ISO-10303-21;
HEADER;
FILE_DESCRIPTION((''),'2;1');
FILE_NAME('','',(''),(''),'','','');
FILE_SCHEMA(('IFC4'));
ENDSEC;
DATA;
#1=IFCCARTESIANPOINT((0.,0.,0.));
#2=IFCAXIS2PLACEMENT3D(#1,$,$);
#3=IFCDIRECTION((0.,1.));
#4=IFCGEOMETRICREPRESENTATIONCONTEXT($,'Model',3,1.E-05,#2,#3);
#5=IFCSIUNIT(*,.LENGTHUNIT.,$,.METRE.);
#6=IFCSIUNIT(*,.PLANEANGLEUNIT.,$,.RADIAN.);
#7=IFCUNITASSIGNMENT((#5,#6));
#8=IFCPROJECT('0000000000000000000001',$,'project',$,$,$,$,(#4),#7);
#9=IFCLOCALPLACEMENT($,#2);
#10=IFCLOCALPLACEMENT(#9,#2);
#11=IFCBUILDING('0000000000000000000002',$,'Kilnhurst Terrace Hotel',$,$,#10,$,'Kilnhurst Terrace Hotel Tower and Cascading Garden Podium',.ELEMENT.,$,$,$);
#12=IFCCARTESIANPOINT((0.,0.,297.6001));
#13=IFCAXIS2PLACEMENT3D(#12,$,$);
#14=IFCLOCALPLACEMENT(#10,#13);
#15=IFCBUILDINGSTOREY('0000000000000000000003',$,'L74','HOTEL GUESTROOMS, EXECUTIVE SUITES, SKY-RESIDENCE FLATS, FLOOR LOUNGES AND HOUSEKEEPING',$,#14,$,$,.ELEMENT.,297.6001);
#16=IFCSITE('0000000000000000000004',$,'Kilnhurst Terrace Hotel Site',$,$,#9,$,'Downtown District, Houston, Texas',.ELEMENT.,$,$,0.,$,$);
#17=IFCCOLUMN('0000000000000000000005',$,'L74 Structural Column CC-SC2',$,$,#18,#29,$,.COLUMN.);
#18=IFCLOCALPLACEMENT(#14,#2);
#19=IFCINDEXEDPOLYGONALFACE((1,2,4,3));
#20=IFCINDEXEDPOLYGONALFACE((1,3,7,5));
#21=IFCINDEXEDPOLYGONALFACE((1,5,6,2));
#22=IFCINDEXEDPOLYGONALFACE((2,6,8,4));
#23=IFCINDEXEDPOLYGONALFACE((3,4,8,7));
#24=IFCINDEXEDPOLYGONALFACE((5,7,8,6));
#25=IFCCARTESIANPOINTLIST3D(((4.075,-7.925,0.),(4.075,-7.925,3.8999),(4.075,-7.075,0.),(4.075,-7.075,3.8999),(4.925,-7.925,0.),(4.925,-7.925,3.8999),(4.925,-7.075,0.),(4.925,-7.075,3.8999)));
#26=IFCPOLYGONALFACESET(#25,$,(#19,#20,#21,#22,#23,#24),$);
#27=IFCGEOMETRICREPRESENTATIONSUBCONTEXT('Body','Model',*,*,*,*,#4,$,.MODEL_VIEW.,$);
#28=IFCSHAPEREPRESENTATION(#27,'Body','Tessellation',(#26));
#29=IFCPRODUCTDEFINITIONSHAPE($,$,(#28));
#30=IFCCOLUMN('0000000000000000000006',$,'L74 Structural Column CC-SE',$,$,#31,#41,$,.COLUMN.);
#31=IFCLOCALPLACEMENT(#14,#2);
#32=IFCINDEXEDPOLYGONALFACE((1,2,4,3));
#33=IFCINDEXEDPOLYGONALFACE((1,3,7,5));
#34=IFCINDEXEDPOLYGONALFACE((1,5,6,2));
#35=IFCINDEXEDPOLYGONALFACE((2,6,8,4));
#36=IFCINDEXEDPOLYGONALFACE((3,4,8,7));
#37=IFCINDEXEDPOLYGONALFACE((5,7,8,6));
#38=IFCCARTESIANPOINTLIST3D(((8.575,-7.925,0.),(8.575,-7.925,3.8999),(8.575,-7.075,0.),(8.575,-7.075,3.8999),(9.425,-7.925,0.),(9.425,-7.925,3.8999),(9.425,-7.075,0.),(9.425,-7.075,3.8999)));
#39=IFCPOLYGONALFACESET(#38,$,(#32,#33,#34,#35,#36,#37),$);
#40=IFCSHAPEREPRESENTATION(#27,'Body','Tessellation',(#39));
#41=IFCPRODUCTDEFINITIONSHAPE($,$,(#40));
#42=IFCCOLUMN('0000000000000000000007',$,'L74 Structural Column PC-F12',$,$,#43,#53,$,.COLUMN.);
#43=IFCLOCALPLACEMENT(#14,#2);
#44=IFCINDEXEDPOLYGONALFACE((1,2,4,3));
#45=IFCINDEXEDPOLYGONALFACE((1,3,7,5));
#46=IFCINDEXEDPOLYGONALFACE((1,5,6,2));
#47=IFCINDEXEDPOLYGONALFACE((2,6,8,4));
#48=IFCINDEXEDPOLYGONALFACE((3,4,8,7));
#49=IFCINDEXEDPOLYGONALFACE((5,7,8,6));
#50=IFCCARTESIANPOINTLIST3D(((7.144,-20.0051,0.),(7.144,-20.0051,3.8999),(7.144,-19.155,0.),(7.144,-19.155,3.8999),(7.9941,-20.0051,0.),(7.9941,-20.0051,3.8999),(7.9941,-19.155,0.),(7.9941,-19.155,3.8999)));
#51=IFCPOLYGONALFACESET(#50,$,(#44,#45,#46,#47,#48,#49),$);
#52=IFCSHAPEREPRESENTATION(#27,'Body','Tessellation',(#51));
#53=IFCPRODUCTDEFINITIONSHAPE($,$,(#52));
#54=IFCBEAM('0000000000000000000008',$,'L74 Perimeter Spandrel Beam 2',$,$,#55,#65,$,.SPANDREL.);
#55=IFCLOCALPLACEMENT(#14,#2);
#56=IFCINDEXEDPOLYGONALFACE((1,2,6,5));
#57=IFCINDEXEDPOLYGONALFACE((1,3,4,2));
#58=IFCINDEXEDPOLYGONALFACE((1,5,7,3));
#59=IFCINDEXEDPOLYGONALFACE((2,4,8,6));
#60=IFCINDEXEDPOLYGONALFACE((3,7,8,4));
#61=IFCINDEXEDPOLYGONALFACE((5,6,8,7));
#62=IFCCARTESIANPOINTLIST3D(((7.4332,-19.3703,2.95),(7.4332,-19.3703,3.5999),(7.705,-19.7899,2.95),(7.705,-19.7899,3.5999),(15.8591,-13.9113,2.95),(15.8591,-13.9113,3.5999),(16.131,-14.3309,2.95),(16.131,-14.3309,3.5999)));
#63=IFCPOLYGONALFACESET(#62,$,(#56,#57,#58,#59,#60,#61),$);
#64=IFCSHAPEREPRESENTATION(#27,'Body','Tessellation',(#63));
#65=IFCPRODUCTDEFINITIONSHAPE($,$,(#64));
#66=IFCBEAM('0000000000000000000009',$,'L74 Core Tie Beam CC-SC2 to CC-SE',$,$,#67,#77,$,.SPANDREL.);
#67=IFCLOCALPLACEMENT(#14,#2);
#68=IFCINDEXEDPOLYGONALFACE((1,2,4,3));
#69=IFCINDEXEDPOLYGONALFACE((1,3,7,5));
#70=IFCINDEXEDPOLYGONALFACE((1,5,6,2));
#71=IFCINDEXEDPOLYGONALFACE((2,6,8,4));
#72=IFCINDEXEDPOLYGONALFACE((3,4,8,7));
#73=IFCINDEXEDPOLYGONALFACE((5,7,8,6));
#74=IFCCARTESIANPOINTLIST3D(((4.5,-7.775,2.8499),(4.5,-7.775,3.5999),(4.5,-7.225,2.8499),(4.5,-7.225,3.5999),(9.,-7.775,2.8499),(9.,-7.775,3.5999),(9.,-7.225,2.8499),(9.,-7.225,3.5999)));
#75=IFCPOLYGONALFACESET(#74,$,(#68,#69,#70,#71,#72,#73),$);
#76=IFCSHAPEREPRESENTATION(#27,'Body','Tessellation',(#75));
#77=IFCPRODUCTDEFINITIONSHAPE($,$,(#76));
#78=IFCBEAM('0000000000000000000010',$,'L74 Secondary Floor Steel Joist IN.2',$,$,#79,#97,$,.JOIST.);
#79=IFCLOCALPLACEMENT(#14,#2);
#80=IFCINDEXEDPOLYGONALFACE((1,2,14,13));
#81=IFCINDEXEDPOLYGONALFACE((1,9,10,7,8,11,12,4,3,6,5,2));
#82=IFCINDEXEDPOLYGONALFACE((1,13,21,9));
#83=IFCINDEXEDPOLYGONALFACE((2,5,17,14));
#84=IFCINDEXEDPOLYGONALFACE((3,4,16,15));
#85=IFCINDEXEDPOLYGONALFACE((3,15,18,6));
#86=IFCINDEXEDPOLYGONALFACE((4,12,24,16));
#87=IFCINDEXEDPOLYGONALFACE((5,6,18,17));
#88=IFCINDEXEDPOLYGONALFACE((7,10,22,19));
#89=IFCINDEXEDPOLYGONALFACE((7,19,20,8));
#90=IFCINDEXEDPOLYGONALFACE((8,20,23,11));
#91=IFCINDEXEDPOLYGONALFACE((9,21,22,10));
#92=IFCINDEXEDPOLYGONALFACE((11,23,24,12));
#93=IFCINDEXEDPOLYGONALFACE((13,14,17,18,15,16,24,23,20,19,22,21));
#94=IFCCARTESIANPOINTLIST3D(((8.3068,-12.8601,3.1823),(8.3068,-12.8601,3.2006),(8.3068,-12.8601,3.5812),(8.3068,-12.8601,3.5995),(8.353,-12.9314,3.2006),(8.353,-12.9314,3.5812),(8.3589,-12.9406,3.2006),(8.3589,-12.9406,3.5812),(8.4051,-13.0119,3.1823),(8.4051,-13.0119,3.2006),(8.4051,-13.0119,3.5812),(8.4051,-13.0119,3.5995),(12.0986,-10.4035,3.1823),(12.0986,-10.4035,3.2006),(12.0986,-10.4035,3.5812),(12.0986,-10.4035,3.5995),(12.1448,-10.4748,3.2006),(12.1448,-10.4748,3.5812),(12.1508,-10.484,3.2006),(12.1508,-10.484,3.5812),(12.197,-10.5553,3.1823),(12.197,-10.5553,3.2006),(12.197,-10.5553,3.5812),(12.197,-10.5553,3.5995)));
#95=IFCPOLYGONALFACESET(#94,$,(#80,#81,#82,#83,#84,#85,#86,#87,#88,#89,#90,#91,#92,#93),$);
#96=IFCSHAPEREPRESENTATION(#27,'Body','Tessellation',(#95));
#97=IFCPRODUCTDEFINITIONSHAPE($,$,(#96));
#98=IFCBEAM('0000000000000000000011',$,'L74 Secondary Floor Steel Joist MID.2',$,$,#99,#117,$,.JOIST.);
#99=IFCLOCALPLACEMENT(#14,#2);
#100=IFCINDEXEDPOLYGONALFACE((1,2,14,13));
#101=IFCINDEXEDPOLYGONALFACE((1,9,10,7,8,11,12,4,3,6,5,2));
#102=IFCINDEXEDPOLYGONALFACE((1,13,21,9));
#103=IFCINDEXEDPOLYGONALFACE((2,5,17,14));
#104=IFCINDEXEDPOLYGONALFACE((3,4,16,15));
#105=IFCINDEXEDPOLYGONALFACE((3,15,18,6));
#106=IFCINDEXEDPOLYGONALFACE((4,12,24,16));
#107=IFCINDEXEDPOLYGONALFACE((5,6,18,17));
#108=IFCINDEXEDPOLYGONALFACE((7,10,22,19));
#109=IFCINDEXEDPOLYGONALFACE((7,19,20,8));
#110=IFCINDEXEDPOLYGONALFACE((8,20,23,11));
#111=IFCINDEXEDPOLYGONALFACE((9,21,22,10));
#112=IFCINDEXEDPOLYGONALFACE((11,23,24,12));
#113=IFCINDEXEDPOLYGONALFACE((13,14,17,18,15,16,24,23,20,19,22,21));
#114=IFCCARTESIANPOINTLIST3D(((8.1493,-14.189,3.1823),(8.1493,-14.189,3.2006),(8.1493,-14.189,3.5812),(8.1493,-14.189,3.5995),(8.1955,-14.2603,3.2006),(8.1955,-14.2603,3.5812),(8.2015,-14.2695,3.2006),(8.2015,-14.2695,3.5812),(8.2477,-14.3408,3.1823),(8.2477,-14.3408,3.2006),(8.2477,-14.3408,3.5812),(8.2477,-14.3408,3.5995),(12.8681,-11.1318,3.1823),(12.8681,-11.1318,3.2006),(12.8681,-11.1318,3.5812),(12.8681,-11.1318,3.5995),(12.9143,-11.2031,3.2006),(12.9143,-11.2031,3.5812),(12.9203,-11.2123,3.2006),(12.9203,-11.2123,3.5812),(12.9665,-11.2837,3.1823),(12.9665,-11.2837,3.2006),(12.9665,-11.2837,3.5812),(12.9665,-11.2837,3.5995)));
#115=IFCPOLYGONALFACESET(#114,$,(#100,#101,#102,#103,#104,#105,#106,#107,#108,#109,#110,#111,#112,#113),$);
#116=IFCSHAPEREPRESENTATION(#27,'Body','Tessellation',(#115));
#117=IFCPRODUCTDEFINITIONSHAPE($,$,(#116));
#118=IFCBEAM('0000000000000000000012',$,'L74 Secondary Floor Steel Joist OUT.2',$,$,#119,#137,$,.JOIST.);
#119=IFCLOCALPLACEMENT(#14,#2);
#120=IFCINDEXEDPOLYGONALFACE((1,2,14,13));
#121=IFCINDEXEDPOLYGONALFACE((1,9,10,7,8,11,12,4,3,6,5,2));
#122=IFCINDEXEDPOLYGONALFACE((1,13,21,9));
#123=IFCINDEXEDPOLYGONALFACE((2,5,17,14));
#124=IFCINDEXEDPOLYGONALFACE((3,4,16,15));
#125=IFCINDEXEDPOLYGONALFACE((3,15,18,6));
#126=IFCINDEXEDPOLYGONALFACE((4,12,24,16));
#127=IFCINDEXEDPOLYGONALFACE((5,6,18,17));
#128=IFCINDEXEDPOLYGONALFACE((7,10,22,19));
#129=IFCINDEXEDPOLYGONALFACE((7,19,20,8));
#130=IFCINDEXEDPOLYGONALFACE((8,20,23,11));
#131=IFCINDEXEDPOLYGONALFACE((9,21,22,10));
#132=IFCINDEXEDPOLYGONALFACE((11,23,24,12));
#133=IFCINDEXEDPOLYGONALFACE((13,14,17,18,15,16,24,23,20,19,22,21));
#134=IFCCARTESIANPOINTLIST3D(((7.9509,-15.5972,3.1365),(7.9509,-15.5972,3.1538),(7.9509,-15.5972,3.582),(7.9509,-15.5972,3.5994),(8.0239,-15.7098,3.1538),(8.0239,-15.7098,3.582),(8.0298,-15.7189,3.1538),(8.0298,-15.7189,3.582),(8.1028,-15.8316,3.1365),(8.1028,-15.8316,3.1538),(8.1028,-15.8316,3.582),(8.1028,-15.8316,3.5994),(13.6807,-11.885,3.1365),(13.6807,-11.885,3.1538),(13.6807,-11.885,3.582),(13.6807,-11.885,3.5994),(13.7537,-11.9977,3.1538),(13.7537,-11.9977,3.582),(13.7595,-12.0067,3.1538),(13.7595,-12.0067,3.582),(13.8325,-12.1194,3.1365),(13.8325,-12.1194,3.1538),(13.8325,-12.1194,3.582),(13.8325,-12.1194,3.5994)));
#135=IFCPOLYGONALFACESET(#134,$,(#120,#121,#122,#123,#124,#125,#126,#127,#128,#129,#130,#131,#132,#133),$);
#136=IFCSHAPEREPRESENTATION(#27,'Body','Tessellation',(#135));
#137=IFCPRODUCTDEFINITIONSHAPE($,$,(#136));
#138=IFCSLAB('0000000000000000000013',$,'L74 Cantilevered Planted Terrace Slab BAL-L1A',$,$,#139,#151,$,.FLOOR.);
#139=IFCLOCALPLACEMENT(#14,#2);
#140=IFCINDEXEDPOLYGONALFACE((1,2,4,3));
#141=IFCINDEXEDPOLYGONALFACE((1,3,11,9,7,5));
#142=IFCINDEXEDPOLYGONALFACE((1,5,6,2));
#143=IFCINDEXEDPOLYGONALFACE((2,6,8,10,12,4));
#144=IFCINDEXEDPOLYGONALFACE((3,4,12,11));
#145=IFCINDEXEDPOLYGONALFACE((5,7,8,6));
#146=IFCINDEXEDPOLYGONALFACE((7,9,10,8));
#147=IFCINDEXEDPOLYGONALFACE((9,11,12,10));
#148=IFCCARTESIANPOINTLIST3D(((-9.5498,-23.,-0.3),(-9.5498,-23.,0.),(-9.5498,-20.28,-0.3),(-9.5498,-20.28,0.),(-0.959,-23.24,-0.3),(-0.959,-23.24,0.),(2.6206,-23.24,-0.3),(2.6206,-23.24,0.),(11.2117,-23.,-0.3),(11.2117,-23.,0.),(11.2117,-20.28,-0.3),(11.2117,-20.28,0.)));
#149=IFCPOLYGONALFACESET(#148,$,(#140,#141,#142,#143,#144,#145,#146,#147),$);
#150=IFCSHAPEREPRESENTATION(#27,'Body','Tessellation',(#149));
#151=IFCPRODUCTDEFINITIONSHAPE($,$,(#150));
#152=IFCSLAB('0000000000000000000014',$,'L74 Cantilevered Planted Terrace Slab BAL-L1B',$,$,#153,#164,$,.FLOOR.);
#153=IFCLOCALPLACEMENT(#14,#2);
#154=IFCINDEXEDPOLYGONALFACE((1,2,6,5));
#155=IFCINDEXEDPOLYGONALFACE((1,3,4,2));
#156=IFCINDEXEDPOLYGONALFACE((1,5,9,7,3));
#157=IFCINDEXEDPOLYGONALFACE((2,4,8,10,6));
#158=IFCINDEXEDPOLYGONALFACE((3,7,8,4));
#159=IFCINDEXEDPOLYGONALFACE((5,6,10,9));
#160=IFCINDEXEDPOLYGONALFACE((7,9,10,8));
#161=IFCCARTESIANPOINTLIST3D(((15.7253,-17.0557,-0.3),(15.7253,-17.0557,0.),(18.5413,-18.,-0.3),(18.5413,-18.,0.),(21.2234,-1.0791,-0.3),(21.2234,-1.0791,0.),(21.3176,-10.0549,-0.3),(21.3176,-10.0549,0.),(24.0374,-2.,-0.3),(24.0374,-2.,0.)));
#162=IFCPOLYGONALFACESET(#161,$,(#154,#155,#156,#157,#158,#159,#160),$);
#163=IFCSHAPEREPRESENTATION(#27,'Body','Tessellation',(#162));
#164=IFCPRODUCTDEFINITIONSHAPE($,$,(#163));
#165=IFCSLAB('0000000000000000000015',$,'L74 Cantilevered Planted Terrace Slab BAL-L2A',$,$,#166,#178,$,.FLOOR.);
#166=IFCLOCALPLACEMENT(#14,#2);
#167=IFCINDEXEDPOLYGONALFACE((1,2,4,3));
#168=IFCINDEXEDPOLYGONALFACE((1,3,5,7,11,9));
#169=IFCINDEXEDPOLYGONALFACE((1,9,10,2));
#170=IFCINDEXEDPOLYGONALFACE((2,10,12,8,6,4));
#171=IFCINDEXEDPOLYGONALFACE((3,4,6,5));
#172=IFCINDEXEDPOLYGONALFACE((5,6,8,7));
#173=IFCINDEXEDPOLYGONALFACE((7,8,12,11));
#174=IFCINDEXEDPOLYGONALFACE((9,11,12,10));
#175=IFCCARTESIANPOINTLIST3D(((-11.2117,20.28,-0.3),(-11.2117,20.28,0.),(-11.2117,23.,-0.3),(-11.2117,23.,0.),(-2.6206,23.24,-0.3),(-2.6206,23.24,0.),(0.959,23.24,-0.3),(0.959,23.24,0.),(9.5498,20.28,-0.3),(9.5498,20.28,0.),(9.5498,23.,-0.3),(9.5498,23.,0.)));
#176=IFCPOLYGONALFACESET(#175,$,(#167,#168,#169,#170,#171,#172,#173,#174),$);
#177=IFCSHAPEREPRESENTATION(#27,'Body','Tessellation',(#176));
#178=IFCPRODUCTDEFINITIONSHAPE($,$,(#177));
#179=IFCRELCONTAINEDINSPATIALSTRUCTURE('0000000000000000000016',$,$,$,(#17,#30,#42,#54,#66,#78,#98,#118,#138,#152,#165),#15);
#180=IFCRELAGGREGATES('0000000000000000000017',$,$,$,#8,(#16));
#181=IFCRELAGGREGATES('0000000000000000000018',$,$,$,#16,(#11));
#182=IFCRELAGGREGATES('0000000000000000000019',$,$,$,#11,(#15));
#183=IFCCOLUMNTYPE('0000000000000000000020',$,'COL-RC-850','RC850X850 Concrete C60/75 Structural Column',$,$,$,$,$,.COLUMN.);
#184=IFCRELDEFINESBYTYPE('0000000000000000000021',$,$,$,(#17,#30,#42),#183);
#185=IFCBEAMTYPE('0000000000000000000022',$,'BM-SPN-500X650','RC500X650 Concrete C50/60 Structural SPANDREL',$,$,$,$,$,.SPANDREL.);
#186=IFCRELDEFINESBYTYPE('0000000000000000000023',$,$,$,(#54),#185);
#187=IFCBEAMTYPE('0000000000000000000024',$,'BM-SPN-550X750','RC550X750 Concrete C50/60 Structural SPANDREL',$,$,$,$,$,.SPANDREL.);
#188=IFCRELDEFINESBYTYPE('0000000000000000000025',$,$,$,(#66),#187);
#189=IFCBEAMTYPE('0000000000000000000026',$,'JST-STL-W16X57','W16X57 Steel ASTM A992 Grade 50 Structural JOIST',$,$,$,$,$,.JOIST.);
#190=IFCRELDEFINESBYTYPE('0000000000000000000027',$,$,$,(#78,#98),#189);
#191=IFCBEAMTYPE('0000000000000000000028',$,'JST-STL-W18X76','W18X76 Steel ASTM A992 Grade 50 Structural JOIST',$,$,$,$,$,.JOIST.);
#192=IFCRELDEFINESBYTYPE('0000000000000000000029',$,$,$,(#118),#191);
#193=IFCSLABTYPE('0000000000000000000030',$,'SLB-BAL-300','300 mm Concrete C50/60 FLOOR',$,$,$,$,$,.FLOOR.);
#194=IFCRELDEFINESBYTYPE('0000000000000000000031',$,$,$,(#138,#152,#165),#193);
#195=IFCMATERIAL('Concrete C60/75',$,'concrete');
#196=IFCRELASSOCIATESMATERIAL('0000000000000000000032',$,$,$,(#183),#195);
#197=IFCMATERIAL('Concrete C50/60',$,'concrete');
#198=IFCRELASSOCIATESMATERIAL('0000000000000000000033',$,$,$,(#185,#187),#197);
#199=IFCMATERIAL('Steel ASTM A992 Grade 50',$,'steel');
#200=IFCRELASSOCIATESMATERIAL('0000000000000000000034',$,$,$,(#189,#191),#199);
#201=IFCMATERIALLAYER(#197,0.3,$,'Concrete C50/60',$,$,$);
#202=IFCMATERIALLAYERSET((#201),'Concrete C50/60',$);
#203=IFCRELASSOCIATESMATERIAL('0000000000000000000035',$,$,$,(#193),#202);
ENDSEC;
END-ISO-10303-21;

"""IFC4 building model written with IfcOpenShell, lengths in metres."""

from ifc_helpers import new_model, si_unit, direction, frame, origin, origin_2d, place, context, subcontext, project, spatial, polyline, rectangle, i_section, outline, extrude, material, layer, layer_set, material_profile, profile_set, type_object, element, save


model = new_model("IFC4")

# Units and contexts
model_context = context("Model", 3, precision=1e-05, world=origin(), true_north=direction((0.0, 1.0)))
body_context = subcontext(model_context, "Body", "Model", "MODEL_VIEW")
ifc_project = project(units=[si_unit("LENGTHUNIT", "METRE"), si_unit("PLANEANGLEUNIT", "RADIAN")], contexts=[model_context])

# Site, building, storey
site_placement = place(None, origin())
site = spatial("IfcSite", under=ifc_project, at=site_placement, Name="Kilnhurst Terrace Hotel Site", LongName="Downtown District, Houston, Texas", CompositionType="ELEMENT", RefElevation=0.0)
building_placement = place(site_placement, origin())
building = spatial("IfcBuilding", under=site, at=building_placement, Name="Kilnhurst Terrace Hotel", LongName="Kilnhurst Terrace Hotel Tower and Cascading Garden Podium", CompositionType="ELEMENT")
storey_placement = place(building_placement, frame((0.0, 0.0, 297.6001)))
storey = spatial("IfcBuildingStorey", under=building, at=storey_placement, Name="L74", Description="HOTEL GUESTROOMS, EXECUTIVE SUITES, SKY-RESIDENCE FLATS, FLOOR LOUNGES AND HOUSEKEEPING", CompositionType="ELEMENT", Elevation=297.6001)

# Columns
ifc_material_1 = material(Name="Concrete C60/75", Category="concrete")
ifc_material_profile_1 = material_profile(ifc_material_1, rectangle(XDim=0.8501, YDim=0.8501, at=origin_2d()), Name="RC850X850")
ifc_profile_set_1 = profile_set([ifc_material_profile_1], Name="Concrete C60/75")
column_type = type_object("IfcColumnType", Name="COL-RC-850", Description="RC850X850 Concrete C60/75 Structural Column", PredefinedType="COLUMN", material=ifc_profile_set_1)
for number, where, z_axis, x_axis, name in (
    (1, (4.5, -7.5, 0.0), (0.0, 0.0, 1.0), (1.0, 0.0, 0.0), "L74 Structural Column CC-SC2"),
    (2, (9.0, -7.5, 0.0), (0.0, 0.0, 1.0), (1.0, 0.0, 0.0), "L74 Structural Column CC-SE"),
    (3, (7.5691, -19.5801, 0.0), (0.0, 0.0, 1.0), (1.0, 0.0, 0.0), "L74 Structural Column PC-F12"),
):
    element("IfcColumn", number, at=place(storey_placement, frame(where, z_axis=z_axis, x_axis=x_axis)), inside=storey, type_object=column_type, Name=name, PredefinedType="COLUMN", context=body_context, shape_type="SweptSolid", body=[
        extrude(rectangle(XDim=0.8501, YDim=0.8501, at=origin_2d()), origin(), (0.0, 0.0, 1.0), 3.8999),
    ])

# Beams
ifc_material_2 = material(Name="Concrete C50/60", Category="concrete")
ifc_material_profile_2 = material_profile(ifc_material_2, rectangle(XDim=0.5, YDim=0.6499, at=origin_2d()), Name="RC500X650")
ifc_profile_set_2 = profile_set([ifc_material_profile_2], Name="Concrete C50/60")
beam_type_1 = type_object("IfcBeamType", Name="BM-SPN-500X650", Description="RC500X650 Concrete C50/60 Structural SPANDREL", PredefinedType="SPANDREL", material=ifc_profile_set_2)
beam_1_placement = place(storey_placement, frame((7.5691, -19.5801, 3.2749), z_axis=(0.839259, 0.543732, 0.0), x_axis=(-0.543732, 0.839259, 0.0)))
element("IfcBeam", 4, at=beam_1_placement, inside=storey, type_object=beam_type_1, Name="L74 Perimeter Spandrel Beam 2", PredefinedType="SPANDREL", context=body_context, shape_type="SweptSolid", body=[
    extrude(rectangle(XDim=0.5, YDim=0.6499, at=origin_2d()), origin(), (0.0, 0.0, 1.0), 10.0398),
])
ifc_material_profile_3 = material_profile(ifc_material_2, rectangle(XDim=0.55, YDim=0.75, at=origin_2d()), Name="RC550X750")
ifc_profile_set_3 = profile_set([ifc_material_profile_3], Name="Concrete C50/60")
beam_type_2 = type_object("IfcBeamType", Name="BM-SPN-550X750", Description="RC550X750 Concrete C50/60 Structural SPANDREL", PredefinedType="SPANDREL", material=ifc_profile_set_3)
beam_2_placement = place(storey_placement, frame((4.5, -7.5, 3.2249), z_axis=(1.0, 0.0, 0.0), x_axis=(0.0, 1.0, 0.0)))
element("IfcBeam", 5, at=beam_2_placement, inside=storey, type_object=beam_type_2, Name="L74 Core Tie Beam CC-SC2 to CC-SE", PredefinedType="SPANDREL", context=body_context, shape_type="SweptSolid", body=[
    extrude(rectangle(XDim=0.55, YDim=0.75, at=origin_2d()), origin(), (0.0, 0.0, 1.0), 4.5),
])
ifc_material_3 = material(Name="Steel ASTM A992 Grade 50", Category="steel")
ifc_material_profile_4 = material_profile(ifc_material_3, i_section(OverallWidth=0.1809, OverallDepth=0.4172, WebThickness=0.011, FlangeThickness=0.0183, at=origin_2d()), Name="W16X57")
ifc_profile_set_4 = profile_set([ifc_material_profile_4], Name="Steel ASTM A992 Grade 50")
beam_type_3 = type_object("IfcBeamType", Name="JST-STL-W16X57", Description="W16X57 Steel ASTM A992 Grade 50 Structural JOIST", PredefinedType="JOIST", material=ifc_profile_set_4)
beam_3_placement = place(storey_placement, frame((8.356, -12.936, 3.3909), z_axis=(0.839261, 0.543728, 0.0), x_axis=(-0.543728, 0.839261, 0.0)))
element("IfcBeam", 6, at=beam_3_placement, inside=storey, type_object=beam_type_3, Name="L74 Secondary Floor Steel Joist IN.2", PredefinedType="JOIST", context=body_context, shape_type="SweptSolid", body=[
    extrude(i_section(OverallWidth=0.1809, OverallDepth=0.4172, WebThickness=0.011, FlangeThickness=0.0183, at=origin_2d()), origin(), (0.0, 0.0, 1.0), 4.5181),
])
beam_4_placement = place(storey_placement, frame((8.1985, -14.2649, 3.3909), z_axis=(0.83926, 0.54373, 0.0), x_axis=(-0.54373, 0.83926, 0.0)))
element("IfcBeam", 7, at=beam_4_placement, inside=storey, type_object=beam_type_3, Name="L74 Secondary Floor Steel Joist MID.2", PredefinedType="JOIST", context=body_context, shape_type="SweptSolid", body=[
    extrude(i_section(OverallWidth=0.1809, OverallDepth=0.4172, WebThickness=0.011, FlangeThickness=0.0183, at=origin_2d()), origin(), (0.0, 0.0, 1.0), 5.6226),
])
ifc_material_profile_5 = material_profile(ifc_material_3, i_section(OverallWidth=0.2793, OverallDepth=0.4629, WebThickness=0.0107, FlangeThickness=0.0173, at=origin_2d()), Name="W18X76")
ifc_profile_set_5 = profile_set([ifc_material_profile_5], Name="Steel ASTM A992 Grade 50")
beam_type_4 = type_object("IfcBeamType", Name="JST-STL-W18X76", Description="W18X76 Steel ASTM A992 Grade 50 Structural JOIST", PredefinedType="JOIST", material=ifc_profile_set_5)
beam_5_placement = place(storey_placement, frame((8.0269, -15.7144, 3.3679), z_axis=(0.839257, 0.543735, 0.0), x_axis=(-0.543735, 0.839257, 0.0)))
element("IfcBeam", 8, at=beam_5_placement, inside=storey, type_object=beam_type_4, Name="L74 Secondary Floor Steel Joist OUT.2", PredefinedType="JOIST", context=body_context, shape_type="SweptSolid", body=[
    extrude(i_section(OverallWidth=0.2793, OverallDepth=0.4629, WebThickness=0.0107, FlangeThickness=0.0173, at=origin_2d()), origin(), (0.0, 0.0, 1.0), 6.8271),
])

# Slabs
ifc_layer_1 = layer(ifc_material_2, 0.3, Name="Concrete C50/60")
ifc_layer_set_1 = layer_set([ifc_layer_1], Name="Concrete C50/60")
slab_type_1 = type_object("IfcSlabType", Name="SLB-BAL-300", Description="300 mm Concrete C50/60 FLOOR", PredefinedType="FLOOR", material=ifc_layer_set_1)
slab_1_placement = place(storey_placement, frame((0.0, 0.0, -0.3)))
element("IfcSlab", 9, at=slab_1_placement, inside=storey, type_object=slab_type_1, Name="L74 Cantilevered Planted Terrace Slab BAL-L1A", PredefinedType="FLOOR", context=body_context, shape_type="SweptSolid", body=[
    extrude(outline(polyline([(2.6206, -23.24), (-0.959, -23.24), (-9.5498, -23.0), (-9.5498, -20.28), (11.2117, -20.28), (11.2117, -23.0), (2.6206, -23.24)])), origin(), (0.0, 0.0, 1.0), 0.3),
])
slab_2_placement = place(storey_placement, frame((0.0, 0.0, -0.3)))
element("IfcSlab", 10, at=slab_2_placement, inside=storey, type_object=slab_type_1, Name="L74 Cantilevered Planted Terrace Slab BAL-L1B", PredefinedType="FLOOR", context=body_context, shape_type="SweptSolid", body=[
    extrude(outline(polyline([(18.5413, -18.0), (15.7253, -17.0557), (21.2234, -1.0791), (24.0374, -2.0), (21.3176, -10.0549), (18.5413, -18.0)])), origin(), (0.0, 0.0, 1.0), 0.3),
])
slab_3_placement = place(storey_placement, frame((0.0, 0.0, -0.3)))
element("IfcSlab", 11, at=slab_3_placement, inside=storey, type_object=slab_type_1, Name="L74 Cantilevered Planted Terrace Slab BAL-L2A", PredefinedType="FLOOR", context=body_context, shape_type="SweptSolid", body=[
    extrude(outline(polyline([(0.959, 23.24), (9.5498, 23.0), (9.5498, 20.28), (-11.2117, 20.28), (-11.2117, 23.0), (-2.6206, 23.24), (0.959, 23.24)])), origin(), (0.0, 0.0, 1.0), 0.3),
])

save(model, "model.ifc")
